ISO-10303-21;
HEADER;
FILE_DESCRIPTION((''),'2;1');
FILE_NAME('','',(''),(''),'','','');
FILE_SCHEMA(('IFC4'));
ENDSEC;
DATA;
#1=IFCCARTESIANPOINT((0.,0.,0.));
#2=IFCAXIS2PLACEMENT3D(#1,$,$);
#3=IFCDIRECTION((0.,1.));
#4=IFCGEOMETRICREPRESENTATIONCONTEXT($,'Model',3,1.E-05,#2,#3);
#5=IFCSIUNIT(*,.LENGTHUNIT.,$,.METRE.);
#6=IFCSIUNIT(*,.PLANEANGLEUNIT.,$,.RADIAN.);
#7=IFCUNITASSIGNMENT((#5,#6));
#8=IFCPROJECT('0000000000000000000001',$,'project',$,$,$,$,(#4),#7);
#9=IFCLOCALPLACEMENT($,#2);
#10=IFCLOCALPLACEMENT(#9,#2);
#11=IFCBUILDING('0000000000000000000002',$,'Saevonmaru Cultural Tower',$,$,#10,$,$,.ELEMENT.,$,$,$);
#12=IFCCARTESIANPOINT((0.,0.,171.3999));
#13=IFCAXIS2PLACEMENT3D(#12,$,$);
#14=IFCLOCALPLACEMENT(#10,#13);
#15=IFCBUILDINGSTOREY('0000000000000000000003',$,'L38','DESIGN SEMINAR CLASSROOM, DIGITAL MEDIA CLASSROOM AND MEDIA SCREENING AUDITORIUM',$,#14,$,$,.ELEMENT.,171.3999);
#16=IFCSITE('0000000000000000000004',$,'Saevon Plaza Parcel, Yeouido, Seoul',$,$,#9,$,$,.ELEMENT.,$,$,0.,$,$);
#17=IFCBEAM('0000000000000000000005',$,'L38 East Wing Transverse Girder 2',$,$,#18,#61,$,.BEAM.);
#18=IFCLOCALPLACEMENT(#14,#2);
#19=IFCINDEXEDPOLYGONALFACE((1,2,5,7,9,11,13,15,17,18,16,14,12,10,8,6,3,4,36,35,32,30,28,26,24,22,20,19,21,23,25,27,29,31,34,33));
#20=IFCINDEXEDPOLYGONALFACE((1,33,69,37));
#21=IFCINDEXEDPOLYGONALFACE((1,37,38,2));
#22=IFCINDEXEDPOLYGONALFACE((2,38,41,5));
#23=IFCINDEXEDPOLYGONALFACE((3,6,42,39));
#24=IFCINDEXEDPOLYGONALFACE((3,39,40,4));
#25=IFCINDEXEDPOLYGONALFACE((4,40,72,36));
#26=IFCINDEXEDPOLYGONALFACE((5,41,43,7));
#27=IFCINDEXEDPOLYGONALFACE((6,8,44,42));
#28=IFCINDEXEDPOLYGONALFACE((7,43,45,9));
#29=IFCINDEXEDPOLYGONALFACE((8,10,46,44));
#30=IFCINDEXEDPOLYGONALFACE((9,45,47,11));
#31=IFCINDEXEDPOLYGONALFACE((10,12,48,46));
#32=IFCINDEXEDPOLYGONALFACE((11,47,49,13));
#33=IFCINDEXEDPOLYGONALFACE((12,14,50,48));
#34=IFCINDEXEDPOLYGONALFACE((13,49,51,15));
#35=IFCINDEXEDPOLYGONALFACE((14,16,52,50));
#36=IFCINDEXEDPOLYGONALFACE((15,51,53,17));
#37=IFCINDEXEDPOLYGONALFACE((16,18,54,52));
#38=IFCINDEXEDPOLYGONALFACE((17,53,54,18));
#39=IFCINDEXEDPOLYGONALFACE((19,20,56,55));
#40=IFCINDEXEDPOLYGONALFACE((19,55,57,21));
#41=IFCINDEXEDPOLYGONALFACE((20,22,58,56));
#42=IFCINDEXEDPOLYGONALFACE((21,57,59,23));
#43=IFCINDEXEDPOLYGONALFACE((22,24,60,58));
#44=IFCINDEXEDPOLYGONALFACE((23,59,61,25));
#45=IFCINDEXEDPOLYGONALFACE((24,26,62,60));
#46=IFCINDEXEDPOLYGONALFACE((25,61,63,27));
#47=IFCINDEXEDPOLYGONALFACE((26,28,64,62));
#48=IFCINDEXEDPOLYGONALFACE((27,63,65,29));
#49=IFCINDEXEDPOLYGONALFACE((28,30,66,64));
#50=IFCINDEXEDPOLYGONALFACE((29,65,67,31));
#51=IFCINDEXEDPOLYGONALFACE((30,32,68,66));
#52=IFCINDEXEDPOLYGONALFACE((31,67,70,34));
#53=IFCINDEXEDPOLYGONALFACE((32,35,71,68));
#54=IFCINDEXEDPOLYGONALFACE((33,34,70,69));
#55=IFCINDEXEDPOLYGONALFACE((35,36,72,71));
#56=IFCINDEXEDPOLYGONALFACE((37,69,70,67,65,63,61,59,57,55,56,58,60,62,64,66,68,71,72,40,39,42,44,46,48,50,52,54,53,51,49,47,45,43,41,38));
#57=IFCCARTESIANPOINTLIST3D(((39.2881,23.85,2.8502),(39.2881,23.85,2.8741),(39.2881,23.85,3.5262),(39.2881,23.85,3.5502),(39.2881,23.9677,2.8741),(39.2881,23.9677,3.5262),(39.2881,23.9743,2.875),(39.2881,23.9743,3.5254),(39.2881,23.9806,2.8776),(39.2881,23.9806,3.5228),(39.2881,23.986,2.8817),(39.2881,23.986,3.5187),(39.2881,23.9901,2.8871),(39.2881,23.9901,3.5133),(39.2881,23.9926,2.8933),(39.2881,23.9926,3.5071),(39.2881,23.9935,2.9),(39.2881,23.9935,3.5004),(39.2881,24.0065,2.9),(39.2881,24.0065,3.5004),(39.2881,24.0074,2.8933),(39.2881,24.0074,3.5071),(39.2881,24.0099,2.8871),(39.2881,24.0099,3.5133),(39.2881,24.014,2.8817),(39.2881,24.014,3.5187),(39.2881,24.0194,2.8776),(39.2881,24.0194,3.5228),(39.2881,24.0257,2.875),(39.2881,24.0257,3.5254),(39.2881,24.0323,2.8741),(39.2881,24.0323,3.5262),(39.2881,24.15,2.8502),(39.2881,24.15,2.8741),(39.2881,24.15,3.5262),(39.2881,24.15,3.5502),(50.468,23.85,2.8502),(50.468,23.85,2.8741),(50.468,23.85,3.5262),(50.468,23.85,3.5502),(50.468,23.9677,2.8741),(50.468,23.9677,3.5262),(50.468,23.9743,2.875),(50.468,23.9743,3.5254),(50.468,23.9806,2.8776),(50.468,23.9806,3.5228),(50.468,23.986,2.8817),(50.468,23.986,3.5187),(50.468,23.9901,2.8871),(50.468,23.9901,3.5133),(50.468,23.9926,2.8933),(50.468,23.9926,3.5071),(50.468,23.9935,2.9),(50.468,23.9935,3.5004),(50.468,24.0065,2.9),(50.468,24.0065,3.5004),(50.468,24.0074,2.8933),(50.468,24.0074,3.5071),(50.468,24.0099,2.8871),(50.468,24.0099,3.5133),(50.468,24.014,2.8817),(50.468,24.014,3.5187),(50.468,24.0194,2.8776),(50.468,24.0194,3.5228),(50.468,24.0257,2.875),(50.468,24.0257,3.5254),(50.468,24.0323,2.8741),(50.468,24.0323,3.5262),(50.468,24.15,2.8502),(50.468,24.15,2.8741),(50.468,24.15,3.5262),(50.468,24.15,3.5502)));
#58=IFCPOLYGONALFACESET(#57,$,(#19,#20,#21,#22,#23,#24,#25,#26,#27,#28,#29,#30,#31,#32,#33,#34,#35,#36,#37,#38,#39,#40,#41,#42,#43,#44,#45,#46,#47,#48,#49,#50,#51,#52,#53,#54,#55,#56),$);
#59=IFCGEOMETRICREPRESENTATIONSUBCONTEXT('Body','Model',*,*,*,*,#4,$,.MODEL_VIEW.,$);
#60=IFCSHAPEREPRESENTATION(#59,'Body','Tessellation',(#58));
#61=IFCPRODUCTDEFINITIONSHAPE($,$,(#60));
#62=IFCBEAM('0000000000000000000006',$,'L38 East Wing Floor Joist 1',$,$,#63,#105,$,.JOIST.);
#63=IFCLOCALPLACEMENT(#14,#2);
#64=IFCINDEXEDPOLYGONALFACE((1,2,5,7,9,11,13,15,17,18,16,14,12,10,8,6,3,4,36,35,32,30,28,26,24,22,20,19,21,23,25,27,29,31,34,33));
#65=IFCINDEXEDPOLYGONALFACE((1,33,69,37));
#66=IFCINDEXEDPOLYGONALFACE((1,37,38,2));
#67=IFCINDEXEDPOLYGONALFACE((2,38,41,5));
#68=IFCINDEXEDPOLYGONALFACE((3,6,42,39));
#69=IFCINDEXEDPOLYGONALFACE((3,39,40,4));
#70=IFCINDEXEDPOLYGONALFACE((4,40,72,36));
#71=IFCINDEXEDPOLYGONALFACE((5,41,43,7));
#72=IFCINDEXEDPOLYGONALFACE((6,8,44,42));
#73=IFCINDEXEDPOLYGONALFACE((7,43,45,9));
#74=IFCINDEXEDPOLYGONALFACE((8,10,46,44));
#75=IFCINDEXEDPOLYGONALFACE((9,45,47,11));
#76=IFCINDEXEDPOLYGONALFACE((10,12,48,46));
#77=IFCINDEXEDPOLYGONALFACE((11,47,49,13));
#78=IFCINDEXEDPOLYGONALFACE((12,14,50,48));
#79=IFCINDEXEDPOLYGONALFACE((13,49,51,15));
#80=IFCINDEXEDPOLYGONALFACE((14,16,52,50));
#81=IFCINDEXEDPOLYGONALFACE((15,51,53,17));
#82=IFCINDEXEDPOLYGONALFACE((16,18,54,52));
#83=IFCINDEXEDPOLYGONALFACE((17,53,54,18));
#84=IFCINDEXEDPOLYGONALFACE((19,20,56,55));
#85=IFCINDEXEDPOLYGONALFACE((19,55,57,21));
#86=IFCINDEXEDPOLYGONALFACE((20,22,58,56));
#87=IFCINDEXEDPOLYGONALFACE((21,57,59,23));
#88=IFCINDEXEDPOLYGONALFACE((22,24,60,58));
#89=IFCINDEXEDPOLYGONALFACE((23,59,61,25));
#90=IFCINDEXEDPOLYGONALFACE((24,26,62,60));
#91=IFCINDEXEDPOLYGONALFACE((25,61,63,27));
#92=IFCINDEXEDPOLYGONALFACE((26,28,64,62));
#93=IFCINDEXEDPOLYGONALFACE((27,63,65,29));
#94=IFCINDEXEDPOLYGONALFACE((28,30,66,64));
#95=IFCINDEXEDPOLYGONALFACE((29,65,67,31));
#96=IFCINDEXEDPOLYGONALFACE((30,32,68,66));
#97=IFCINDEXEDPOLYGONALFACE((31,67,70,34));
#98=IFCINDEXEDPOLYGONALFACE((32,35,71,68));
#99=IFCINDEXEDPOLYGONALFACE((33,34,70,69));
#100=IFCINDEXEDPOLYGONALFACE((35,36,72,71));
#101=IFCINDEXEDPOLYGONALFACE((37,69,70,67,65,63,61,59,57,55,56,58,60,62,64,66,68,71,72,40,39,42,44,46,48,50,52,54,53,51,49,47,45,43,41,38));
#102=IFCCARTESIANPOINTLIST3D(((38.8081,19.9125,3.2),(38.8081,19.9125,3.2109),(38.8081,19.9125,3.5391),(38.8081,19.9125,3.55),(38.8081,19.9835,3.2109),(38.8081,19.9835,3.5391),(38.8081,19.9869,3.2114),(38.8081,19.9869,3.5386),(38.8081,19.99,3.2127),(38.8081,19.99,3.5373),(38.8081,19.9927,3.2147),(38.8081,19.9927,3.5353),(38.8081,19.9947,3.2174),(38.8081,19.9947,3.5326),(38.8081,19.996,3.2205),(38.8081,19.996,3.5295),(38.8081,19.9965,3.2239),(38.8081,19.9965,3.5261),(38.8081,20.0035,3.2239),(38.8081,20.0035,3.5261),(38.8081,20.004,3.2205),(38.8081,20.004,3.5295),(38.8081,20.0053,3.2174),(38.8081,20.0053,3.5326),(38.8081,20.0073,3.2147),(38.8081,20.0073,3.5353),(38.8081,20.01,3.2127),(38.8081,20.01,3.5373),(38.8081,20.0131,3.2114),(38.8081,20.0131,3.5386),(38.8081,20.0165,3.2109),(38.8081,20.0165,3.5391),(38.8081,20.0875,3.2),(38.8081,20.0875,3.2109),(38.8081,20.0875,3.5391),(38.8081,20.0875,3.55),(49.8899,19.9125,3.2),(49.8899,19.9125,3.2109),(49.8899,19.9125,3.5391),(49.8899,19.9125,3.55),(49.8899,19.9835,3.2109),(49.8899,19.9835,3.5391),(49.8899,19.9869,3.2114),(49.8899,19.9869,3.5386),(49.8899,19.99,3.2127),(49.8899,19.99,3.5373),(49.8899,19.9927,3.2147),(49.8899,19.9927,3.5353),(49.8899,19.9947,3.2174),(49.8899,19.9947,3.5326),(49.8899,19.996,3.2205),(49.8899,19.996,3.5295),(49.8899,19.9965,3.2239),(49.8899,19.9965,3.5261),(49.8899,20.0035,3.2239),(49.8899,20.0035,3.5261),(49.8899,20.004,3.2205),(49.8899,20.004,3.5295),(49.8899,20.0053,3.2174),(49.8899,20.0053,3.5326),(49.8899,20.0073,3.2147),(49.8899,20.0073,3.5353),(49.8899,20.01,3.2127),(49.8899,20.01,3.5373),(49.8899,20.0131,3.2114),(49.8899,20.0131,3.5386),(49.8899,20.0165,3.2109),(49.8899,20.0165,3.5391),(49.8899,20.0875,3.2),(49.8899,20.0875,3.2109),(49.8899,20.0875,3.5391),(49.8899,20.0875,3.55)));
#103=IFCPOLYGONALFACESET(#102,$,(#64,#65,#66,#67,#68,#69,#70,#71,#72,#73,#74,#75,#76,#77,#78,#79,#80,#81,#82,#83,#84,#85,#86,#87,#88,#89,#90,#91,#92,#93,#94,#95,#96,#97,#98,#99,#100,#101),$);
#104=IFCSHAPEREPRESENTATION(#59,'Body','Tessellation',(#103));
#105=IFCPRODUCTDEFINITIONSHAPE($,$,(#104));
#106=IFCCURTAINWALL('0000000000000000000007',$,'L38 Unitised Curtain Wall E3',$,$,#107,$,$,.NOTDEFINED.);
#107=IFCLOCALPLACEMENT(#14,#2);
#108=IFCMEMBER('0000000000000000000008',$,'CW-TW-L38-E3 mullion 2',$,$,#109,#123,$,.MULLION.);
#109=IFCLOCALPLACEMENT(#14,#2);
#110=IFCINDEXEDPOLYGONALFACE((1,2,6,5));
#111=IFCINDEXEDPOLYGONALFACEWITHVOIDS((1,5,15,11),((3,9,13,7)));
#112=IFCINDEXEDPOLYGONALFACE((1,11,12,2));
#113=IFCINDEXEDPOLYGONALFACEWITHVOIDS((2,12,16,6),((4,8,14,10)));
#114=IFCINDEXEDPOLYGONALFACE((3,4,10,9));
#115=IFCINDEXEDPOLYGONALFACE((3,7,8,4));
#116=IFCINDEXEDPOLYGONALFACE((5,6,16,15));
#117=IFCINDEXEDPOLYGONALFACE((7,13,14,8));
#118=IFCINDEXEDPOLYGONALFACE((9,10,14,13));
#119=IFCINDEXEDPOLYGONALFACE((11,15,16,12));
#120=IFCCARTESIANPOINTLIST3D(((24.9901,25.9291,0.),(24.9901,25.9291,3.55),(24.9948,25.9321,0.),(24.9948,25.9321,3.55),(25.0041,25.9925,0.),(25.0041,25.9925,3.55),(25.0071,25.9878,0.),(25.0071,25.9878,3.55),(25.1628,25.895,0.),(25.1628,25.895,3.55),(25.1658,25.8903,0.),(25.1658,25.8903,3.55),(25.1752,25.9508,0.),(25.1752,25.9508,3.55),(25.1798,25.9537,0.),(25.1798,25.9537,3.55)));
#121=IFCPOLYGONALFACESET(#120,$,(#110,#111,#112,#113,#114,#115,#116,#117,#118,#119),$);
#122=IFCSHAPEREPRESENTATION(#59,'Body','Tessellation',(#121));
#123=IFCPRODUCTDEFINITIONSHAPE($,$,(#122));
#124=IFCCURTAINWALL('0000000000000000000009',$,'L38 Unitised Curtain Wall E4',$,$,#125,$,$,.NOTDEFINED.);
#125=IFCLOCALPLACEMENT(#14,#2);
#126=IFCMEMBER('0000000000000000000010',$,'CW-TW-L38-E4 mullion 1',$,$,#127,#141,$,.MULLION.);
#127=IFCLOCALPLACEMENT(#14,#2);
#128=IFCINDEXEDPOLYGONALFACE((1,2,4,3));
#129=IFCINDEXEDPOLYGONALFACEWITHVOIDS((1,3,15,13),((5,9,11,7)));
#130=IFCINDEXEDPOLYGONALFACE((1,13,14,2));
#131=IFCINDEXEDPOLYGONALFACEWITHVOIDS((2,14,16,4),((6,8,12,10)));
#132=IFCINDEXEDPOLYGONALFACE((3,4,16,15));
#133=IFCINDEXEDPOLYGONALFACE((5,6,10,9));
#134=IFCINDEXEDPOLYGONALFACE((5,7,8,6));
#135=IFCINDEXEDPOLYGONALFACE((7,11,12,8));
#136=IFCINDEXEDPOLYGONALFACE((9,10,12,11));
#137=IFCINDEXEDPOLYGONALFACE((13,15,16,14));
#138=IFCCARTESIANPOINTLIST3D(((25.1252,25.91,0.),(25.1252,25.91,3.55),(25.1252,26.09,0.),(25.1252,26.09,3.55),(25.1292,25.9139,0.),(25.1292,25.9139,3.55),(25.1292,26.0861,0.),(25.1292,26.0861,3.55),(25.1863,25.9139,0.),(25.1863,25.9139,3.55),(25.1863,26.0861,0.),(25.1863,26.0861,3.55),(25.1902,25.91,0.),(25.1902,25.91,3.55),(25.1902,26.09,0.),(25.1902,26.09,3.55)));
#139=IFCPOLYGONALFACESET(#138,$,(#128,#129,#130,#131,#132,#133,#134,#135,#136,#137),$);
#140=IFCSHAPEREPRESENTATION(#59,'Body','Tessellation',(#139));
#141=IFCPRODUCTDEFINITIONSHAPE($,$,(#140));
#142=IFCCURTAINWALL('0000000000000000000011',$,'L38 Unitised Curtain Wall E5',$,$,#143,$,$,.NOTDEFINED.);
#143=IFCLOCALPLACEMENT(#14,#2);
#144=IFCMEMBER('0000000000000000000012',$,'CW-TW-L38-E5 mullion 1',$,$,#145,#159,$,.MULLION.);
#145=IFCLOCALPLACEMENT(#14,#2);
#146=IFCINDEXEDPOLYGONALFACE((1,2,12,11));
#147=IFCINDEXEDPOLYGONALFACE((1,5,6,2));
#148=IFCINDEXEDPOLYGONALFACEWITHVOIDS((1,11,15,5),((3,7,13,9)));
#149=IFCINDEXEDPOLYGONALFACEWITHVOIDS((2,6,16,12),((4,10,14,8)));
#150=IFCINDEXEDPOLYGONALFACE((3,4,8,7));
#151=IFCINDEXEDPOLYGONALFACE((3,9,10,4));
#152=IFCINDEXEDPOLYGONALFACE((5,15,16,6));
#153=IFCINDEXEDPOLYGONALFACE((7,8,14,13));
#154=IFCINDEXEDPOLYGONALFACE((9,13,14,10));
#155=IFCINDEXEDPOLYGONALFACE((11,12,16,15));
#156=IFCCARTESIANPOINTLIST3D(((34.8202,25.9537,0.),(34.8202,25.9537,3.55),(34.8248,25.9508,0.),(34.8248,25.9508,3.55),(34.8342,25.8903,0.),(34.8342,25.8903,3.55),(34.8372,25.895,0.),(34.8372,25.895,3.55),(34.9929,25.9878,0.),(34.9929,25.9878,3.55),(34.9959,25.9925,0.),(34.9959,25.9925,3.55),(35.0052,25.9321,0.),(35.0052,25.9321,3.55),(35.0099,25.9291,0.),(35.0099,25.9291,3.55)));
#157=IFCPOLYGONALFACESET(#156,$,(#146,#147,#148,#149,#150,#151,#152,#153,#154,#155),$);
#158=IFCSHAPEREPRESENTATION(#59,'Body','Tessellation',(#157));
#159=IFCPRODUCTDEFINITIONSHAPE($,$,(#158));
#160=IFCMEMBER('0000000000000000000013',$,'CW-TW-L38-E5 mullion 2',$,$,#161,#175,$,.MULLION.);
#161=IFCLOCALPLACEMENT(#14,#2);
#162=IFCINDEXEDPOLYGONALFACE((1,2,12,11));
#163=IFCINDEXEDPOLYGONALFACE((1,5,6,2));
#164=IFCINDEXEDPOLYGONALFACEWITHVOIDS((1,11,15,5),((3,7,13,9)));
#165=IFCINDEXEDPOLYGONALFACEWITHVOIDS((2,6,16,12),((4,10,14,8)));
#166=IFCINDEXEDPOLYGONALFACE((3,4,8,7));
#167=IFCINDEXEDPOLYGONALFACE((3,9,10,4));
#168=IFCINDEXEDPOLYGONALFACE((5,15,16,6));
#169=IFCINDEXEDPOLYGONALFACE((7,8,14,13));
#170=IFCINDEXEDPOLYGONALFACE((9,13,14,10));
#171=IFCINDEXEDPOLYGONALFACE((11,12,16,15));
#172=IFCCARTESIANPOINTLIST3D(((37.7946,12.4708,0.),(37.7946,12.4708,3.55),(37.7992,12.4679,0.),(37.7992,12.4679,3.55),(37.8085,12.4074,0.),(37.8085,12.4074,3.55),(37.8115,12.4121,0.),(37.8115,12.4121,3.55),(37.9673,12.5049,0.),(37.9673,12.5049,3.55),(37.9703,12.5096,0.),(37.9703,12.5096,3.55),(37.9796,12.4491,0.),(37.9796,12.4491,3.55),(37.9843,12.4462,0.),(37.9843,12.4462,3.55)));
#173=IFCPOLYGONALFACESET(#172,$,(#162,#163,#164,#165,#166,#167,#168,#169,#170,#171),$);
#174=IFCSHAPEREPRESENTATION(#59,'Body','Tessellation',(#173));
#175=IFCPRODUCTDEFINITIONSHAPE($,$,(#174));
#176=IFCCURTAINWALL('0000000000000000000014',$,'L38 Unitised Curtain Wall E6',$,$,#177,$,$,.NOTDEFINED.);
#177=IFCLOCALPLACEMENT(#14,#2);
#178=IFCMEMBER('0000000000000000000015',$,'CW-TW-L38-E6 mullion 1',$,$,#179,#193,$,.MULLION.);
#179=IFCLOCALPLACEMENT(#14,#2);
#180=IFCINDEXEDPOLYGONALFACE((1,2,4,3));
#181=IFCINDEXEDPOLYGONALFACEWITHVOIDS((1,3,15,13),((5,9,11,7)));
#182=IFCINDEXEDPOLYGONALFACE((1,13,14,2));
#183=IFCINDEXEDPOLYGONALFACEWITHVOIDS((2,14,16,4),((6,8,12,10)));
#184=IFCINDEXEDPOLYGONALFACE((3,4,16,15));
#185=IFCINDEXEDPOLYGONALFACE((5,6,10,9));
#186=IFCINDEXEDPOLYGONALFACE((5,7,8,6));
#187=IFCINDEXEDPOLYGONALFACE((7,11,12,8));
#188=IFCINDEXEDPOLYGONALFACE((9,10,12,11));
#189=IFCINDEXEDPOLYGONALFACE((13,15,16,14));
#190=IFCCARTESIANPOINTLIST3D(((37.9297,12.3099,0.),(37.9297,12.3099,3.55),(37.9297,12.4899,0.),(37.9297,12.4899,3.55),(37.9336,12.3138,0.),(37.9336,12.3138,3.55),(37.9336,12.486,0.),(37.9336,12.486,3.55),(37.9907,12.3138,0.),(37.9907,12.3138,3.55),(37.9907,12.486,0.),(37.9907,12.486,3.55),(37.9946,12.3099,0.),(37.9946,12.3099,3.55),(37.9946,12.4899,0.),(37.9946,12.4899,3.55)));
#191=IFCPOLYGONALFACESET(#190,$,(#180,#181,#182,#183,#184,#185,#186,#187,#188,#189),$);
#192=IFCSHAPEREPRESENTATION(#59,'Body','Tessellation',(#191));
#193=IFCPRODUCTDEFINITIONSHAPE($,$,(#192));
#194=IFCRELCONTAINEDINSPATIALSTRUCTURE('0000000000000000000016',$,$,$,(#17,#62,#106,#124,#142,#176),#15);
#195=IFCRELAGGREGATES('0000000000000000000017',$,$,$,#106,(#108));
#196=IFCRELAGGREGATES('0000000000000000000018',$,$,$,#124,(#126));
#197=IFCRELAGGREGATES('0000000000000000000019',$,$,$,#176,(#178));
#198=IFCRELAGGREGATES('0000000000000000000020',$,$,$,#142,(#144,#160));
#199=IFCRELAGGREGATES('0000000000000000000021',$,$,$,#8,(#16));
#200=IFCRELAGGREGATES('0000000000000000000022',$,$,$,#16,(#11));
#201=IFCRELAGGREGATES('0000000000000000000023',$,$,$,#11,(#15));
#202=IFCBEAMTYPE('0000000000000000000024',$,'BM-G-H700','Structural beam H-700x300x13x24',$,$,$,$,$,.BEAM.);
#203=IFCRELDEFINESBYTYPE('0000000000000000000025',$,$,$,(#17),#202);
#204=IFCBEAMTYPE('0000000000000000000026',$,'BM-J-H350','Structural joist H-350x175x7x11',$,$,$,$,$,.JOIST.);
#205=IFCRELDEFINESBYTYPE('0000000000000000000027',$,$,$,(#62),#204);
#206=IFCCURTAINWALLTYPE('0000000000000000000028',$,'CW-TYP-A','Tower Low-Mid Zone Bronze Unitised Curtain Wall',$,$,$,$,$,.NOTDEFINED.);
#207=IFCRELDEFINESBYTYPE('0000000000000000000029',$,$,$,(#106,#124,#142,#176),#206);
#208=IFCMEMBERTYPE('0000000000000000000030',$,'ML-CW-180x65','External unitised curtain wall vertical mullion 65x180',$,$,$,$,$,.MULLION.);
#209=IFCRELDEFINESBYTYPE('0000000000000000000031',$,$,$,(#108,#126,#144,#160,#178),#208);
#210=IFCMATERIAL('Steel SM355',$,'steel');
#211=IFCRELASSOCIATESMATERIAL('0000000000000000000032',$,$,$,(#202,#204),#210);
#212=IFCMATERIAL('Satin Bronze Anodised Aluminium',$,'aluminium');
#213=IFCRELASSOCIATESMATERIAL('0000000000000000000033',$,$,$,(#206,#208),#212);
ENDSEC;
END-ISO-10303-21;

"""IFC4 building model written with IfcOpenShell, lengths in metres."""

from ifc_helpers import new_model, si_unit, direction, frame, origin, origin_2d, place, context, subcontext, project, spatial, hollow_rectangle, i_section, extrude, material, material_profile, profile_set, type_object, element, aggregate, save


model = new_model("IFC4")

# Units and contexts
model_context = context("Model", 3, precision=1e-05, world=origin(), true_north=direction((0.0, 1.0)))
body_context = subcontext(model_context, "Body", "Model", "MODEL_VIEW")
ifc_project = project(units=[si_unit("LENGTHUNIT", "METRE"), si_unit("PLANEANGLEUNIT", "RADIAN")], contexts=[model_context])

# Site, building, storey
site_placement = place(None, origin())
site = spatial("IfcSite", under=ifc_project, at=site_placement, Name="Saevon Plaza Parcel, Yeouido, Seoul", CompositionType="ELEMENT", RefElevation=0.0)
building_placement = place(site_placement, origin())
building = spatial("IfcBuilding", under=site, at=building_placement, Name="Saevonmaru Cultural Tower", CompositionType="ELEMENT")
storey_placement = place(building_placement, frame((0.0, 0.0, 171.3999)))
storey = spatial("IfcBuildingStorey", under=building, at=storey_placement, Name="L38", Description="DESIGN SEMINAR CLASSROOM, DIGITAL MEDIA CLASSROOM AND MEDIA SCREENING AUDITORIUM", CompositionType="ELEMENT", Elevation=171.3999)

# Shared definitions
ifc_material_1 = material(Name="Steel SM355", Category="steel")

# Beams
ifc_material_profile_1 = material_profile(ifc_material_1, i_section(OverallWidth=0.3, OverallDepth=0.7, WebThickness=0.0129, FlangeThickness=0.0239, FilletRadius=0.0259, at=origin_2d()), Name="H-700x300x13x24")
ifc_profile_set_1 = profile_set([ifc_material_profile_1], Name="Steel SM355")
beam_type_1 = type_object("IfcBeamType", Name="BM-G-H700", Description="Structural beam H-700x300x13x24", PredefinedType="BEAM", material=ifc_profile_set_1)
for number, where, z_axis, x_axis, name in (
    (1, (39.2881, 24.0, 3.2002), (1.0, 0.0, 0.0), (0.0, 1.0, 0.0), "L38 East Wing Transverse Girder 2"),
):
    element("IfcBeam", number, at=place(storey_placement, frame(where, z_axis=z_axis, x_axis=x_axis)), inside=storey, type_object=beam_type_1, Name=name, PredefinedType="BEAM", context=body_context, shape_type="SweptSolid", body=[
        extrude(i_section(OverallWidth=0.3, OverallDepth=0.7, WebThickness=0.0129, FlangeThickness=0.0239, FilletRadius=0.0259, at=origin_2d()), origin(), (0.0, 0.0, 1.0), 11.1799),
    ])
ifc_material_profile_2 = material_profile(ifc_material_1, i_section(OverallWidth=0.175, OverallDepth=0.3501, WebThickness=0.0071, FlangeThickness=0.011, FilletRadius=0.0129, at=origin_2d()), Name="H-350x175x7x11")
ifc_profile_set_2 = profile_set([ifc_material_profile_2], Name="Steel SM355")
beam_type_2 = type_object("IfcBeamType", Name="BM-J-H350", Description="Structural joist H-350x175x7x11", PredefinedType="JOIST", material=ifc_profile_set_2)
beam_placement = place(storey_placement, frame((38.8081, 20.0, 3.375), z_axis=(1.0, 0.0, 0.0), x_axis=(0.0, 1.0, 0.0)))
element("IfcBeam", 2, at=beam_placement, inside=storey, type_object=beam_type_2, Name="L38 East Wing Floor Joist 1", PredefinedType="JOIST", context=body_context, shape_type="SweptSolid", body=[
    extrude(i_section(OverallWidth=0.175, OverallDepth=0.3501, WebThickness=0.0071, FlangeThickness=0.011, FilletRadius=0.0129, at=origin_2d()), origin(), (0.0, 0.0, 1.0), 11.0818),
])

# Curtain walls, members
ifc_material_2 = material(Name="Satin Bronze Anodised Aluminium", Category="aluminium")
curtain_wall_type = type_object("IfcCurtainWallType", Name="CW-TYP-A", Description="Tower Low-Mid Zone Bronze Unitised Curtain Wall", PredefinedType="NOTDEFINED", material=ifc_material_2)
curtain_wall_1_placement = place(storey_placement, origin())
curtain_wall_1 = element("IfcCurtainWall", 3, at=curtain_wall_1_placement, inside=storey, type_object=curtain_wall_type, Name="L38 Unitised Curtain Wall E3", PredefinedType="NOTDEFINED")
ifc_material_profile_3 = material_profile(ifc_material_2, hollow_rectangle(XDim=0.0649, YDim=0.1799, WallThickness=0.0039, at=origin_2d()), Name="ALU-MULL-180x65x4")
ifc_profile_set_3 = profile_set([ifc_material_profile_3], Name="Satin Bronze Anodised Aluminium")
member_type_1 = type_object("IfcMemberType", Name="ML-CW-180x65", Description="External unitised curtain wall vertical mullion 65x180", PredefinedType="MULLION", material=ifc_profile_set_3)
member_1_placement = place(storey_placement, frame((25.085, 25.9414, 0.0), z_axis=(0.0, 0.0, 1.0), x_axis=(0.215413, 0.976523, 0.0)))
member_1 = element("IfcMember", 4, at=member_1_placement, type_object=member_type_1, Name="CW-TW-L38-E3 mullion 2", PredefinedType="MULLION", context=body_context, shape_type="SweptSolid", body=[
    extrude(hollow_rectangle(XDim=0.0649, YDim=0.1799, WallThickness=0.0039, at=origin_2d()), origin(), (0.0, 0.0, 1.0), 3.55),
])
aggregate(curtain_wall_1, [member_1])
curtain_wall_2_placement = place(storey_placement, origin())
curtain_wall_2 = element("IfcCurtainWall", 5, at=curtain_wall_2_placement, inside=storey, type_object=curtain_wall_type, Name="L38 Unitised Curtain Wall E4", PredefinedType="NOTDEFINED")
member_2_placement = place(storey_placement, frame((25.1577, 26.0, 0.0), z_axis=(0.0, 0.0, 1.0), x_axis=(1.0, 0.0, 0.0)))
member_2 = element("IfcMember", 6, at=member_2_placement, type_object=member_type_1, Name="CW-TW-L38-E4 mullion 1", PredefinedType="MULLION", context=body_context, shape_type="SweptSolid", body=[
    extrude(hollow_rectangle(XDim=0.0649, YDim=0.1799, WallThickness=0.0039, at=origin_2d()), origin(), (0.0, 0.0, 1.0), 3.55),
])

# Curtain wall, members
curtain_wall_3_placement = place(storey_placement, origin())
curtain_wall_3 = element("IfcCurtainWall", 7, at=curtain_wall_3_placement, inside=storey, type_object=curtain_wall_type, Name="L38 Unitised Curtain Wall E5", PredefinedType="NOTDEFINED")
member_3_placement = place(storey_placement, frame((34.915, 25.9414, 0.0), z_axis=(0.0, 0.0, 1.0), x_axis=(0.215413, -0.976523, 0.0)))
member_3 = element("IfcMember", 8, at=member_3_placement, type_object=member_type_1, Name="CW-TW-L38-E5 mullion 1", PredefinedType="MULLION", context=body_context, shape_type="SweptSolid", body=[
    extrude(hollow_rectangle(XDim=0.0649, YDim=0.1799, WallThickness=0.0039, at=origin_2d()), origin(), (0.0, 0.0, 1.0), 3.55),
])
member_4_placement = place(storey_placement, frame((37.8894, 12.4585, 0.0), z_axis=(0.0, 0.0, 1.0), x_axis=(0.215413, -0.976523, 0.0)))
member_4 = element("IfcMember", 9, at=member_4_placement, type_object=member_type_1, Name="CW-TW-L38-E5 mullion 2", PredefinedType="MULLION", context=body_context, shape_type="SweptSolid", body=[
    extrude(hollow_rectangle(XDim=0.0649, YDim=0.1799, WallThickness=0.0039, at=origin_2d()), origin(), (0.0, 0.0, 1.0), 3.55),
])

# Curtain wall, member
curtain_wall_4_placement = place(storey_placement, origin())
curtain_wall_4 = element("IfcCurtainWall", 10, at=curtain_wall_4_placement, inside=storey, type_object=curtain_wall_type, Name="L38 Unitised Curtain Wall E6", PredefinedType="NOTDEFINED")
member_5_placement = place(storey_placement, frame((37.9622, 12.3999, 0.0), z_axis=(0.0, 0.0, 1.0), x_axis=(1.0, 0.0, 0.0)))
member_5 = element("IfcMember", 11, at=member_5_placement, type_object=member_type_1, Name="CW-TW-L38-E6 mullion 1", PredefinedType="MULLION", context=body_context, shape_type="SweptSolid", body=[
    extrude(hollow_rectangle(XDim=0.0649, YDim=0.1799, WallThickness=0.0039, at=origin_2d()), origin(), (0.0, 0.0, 1.0), 3.55),
])

aggregate(curtain_wall_2, [member_2])
aggregate(curtain_wall_4, [member_5])

aggregate(curtain_wall_3, [member_3, member_4])

save(model, "model.ifc")
